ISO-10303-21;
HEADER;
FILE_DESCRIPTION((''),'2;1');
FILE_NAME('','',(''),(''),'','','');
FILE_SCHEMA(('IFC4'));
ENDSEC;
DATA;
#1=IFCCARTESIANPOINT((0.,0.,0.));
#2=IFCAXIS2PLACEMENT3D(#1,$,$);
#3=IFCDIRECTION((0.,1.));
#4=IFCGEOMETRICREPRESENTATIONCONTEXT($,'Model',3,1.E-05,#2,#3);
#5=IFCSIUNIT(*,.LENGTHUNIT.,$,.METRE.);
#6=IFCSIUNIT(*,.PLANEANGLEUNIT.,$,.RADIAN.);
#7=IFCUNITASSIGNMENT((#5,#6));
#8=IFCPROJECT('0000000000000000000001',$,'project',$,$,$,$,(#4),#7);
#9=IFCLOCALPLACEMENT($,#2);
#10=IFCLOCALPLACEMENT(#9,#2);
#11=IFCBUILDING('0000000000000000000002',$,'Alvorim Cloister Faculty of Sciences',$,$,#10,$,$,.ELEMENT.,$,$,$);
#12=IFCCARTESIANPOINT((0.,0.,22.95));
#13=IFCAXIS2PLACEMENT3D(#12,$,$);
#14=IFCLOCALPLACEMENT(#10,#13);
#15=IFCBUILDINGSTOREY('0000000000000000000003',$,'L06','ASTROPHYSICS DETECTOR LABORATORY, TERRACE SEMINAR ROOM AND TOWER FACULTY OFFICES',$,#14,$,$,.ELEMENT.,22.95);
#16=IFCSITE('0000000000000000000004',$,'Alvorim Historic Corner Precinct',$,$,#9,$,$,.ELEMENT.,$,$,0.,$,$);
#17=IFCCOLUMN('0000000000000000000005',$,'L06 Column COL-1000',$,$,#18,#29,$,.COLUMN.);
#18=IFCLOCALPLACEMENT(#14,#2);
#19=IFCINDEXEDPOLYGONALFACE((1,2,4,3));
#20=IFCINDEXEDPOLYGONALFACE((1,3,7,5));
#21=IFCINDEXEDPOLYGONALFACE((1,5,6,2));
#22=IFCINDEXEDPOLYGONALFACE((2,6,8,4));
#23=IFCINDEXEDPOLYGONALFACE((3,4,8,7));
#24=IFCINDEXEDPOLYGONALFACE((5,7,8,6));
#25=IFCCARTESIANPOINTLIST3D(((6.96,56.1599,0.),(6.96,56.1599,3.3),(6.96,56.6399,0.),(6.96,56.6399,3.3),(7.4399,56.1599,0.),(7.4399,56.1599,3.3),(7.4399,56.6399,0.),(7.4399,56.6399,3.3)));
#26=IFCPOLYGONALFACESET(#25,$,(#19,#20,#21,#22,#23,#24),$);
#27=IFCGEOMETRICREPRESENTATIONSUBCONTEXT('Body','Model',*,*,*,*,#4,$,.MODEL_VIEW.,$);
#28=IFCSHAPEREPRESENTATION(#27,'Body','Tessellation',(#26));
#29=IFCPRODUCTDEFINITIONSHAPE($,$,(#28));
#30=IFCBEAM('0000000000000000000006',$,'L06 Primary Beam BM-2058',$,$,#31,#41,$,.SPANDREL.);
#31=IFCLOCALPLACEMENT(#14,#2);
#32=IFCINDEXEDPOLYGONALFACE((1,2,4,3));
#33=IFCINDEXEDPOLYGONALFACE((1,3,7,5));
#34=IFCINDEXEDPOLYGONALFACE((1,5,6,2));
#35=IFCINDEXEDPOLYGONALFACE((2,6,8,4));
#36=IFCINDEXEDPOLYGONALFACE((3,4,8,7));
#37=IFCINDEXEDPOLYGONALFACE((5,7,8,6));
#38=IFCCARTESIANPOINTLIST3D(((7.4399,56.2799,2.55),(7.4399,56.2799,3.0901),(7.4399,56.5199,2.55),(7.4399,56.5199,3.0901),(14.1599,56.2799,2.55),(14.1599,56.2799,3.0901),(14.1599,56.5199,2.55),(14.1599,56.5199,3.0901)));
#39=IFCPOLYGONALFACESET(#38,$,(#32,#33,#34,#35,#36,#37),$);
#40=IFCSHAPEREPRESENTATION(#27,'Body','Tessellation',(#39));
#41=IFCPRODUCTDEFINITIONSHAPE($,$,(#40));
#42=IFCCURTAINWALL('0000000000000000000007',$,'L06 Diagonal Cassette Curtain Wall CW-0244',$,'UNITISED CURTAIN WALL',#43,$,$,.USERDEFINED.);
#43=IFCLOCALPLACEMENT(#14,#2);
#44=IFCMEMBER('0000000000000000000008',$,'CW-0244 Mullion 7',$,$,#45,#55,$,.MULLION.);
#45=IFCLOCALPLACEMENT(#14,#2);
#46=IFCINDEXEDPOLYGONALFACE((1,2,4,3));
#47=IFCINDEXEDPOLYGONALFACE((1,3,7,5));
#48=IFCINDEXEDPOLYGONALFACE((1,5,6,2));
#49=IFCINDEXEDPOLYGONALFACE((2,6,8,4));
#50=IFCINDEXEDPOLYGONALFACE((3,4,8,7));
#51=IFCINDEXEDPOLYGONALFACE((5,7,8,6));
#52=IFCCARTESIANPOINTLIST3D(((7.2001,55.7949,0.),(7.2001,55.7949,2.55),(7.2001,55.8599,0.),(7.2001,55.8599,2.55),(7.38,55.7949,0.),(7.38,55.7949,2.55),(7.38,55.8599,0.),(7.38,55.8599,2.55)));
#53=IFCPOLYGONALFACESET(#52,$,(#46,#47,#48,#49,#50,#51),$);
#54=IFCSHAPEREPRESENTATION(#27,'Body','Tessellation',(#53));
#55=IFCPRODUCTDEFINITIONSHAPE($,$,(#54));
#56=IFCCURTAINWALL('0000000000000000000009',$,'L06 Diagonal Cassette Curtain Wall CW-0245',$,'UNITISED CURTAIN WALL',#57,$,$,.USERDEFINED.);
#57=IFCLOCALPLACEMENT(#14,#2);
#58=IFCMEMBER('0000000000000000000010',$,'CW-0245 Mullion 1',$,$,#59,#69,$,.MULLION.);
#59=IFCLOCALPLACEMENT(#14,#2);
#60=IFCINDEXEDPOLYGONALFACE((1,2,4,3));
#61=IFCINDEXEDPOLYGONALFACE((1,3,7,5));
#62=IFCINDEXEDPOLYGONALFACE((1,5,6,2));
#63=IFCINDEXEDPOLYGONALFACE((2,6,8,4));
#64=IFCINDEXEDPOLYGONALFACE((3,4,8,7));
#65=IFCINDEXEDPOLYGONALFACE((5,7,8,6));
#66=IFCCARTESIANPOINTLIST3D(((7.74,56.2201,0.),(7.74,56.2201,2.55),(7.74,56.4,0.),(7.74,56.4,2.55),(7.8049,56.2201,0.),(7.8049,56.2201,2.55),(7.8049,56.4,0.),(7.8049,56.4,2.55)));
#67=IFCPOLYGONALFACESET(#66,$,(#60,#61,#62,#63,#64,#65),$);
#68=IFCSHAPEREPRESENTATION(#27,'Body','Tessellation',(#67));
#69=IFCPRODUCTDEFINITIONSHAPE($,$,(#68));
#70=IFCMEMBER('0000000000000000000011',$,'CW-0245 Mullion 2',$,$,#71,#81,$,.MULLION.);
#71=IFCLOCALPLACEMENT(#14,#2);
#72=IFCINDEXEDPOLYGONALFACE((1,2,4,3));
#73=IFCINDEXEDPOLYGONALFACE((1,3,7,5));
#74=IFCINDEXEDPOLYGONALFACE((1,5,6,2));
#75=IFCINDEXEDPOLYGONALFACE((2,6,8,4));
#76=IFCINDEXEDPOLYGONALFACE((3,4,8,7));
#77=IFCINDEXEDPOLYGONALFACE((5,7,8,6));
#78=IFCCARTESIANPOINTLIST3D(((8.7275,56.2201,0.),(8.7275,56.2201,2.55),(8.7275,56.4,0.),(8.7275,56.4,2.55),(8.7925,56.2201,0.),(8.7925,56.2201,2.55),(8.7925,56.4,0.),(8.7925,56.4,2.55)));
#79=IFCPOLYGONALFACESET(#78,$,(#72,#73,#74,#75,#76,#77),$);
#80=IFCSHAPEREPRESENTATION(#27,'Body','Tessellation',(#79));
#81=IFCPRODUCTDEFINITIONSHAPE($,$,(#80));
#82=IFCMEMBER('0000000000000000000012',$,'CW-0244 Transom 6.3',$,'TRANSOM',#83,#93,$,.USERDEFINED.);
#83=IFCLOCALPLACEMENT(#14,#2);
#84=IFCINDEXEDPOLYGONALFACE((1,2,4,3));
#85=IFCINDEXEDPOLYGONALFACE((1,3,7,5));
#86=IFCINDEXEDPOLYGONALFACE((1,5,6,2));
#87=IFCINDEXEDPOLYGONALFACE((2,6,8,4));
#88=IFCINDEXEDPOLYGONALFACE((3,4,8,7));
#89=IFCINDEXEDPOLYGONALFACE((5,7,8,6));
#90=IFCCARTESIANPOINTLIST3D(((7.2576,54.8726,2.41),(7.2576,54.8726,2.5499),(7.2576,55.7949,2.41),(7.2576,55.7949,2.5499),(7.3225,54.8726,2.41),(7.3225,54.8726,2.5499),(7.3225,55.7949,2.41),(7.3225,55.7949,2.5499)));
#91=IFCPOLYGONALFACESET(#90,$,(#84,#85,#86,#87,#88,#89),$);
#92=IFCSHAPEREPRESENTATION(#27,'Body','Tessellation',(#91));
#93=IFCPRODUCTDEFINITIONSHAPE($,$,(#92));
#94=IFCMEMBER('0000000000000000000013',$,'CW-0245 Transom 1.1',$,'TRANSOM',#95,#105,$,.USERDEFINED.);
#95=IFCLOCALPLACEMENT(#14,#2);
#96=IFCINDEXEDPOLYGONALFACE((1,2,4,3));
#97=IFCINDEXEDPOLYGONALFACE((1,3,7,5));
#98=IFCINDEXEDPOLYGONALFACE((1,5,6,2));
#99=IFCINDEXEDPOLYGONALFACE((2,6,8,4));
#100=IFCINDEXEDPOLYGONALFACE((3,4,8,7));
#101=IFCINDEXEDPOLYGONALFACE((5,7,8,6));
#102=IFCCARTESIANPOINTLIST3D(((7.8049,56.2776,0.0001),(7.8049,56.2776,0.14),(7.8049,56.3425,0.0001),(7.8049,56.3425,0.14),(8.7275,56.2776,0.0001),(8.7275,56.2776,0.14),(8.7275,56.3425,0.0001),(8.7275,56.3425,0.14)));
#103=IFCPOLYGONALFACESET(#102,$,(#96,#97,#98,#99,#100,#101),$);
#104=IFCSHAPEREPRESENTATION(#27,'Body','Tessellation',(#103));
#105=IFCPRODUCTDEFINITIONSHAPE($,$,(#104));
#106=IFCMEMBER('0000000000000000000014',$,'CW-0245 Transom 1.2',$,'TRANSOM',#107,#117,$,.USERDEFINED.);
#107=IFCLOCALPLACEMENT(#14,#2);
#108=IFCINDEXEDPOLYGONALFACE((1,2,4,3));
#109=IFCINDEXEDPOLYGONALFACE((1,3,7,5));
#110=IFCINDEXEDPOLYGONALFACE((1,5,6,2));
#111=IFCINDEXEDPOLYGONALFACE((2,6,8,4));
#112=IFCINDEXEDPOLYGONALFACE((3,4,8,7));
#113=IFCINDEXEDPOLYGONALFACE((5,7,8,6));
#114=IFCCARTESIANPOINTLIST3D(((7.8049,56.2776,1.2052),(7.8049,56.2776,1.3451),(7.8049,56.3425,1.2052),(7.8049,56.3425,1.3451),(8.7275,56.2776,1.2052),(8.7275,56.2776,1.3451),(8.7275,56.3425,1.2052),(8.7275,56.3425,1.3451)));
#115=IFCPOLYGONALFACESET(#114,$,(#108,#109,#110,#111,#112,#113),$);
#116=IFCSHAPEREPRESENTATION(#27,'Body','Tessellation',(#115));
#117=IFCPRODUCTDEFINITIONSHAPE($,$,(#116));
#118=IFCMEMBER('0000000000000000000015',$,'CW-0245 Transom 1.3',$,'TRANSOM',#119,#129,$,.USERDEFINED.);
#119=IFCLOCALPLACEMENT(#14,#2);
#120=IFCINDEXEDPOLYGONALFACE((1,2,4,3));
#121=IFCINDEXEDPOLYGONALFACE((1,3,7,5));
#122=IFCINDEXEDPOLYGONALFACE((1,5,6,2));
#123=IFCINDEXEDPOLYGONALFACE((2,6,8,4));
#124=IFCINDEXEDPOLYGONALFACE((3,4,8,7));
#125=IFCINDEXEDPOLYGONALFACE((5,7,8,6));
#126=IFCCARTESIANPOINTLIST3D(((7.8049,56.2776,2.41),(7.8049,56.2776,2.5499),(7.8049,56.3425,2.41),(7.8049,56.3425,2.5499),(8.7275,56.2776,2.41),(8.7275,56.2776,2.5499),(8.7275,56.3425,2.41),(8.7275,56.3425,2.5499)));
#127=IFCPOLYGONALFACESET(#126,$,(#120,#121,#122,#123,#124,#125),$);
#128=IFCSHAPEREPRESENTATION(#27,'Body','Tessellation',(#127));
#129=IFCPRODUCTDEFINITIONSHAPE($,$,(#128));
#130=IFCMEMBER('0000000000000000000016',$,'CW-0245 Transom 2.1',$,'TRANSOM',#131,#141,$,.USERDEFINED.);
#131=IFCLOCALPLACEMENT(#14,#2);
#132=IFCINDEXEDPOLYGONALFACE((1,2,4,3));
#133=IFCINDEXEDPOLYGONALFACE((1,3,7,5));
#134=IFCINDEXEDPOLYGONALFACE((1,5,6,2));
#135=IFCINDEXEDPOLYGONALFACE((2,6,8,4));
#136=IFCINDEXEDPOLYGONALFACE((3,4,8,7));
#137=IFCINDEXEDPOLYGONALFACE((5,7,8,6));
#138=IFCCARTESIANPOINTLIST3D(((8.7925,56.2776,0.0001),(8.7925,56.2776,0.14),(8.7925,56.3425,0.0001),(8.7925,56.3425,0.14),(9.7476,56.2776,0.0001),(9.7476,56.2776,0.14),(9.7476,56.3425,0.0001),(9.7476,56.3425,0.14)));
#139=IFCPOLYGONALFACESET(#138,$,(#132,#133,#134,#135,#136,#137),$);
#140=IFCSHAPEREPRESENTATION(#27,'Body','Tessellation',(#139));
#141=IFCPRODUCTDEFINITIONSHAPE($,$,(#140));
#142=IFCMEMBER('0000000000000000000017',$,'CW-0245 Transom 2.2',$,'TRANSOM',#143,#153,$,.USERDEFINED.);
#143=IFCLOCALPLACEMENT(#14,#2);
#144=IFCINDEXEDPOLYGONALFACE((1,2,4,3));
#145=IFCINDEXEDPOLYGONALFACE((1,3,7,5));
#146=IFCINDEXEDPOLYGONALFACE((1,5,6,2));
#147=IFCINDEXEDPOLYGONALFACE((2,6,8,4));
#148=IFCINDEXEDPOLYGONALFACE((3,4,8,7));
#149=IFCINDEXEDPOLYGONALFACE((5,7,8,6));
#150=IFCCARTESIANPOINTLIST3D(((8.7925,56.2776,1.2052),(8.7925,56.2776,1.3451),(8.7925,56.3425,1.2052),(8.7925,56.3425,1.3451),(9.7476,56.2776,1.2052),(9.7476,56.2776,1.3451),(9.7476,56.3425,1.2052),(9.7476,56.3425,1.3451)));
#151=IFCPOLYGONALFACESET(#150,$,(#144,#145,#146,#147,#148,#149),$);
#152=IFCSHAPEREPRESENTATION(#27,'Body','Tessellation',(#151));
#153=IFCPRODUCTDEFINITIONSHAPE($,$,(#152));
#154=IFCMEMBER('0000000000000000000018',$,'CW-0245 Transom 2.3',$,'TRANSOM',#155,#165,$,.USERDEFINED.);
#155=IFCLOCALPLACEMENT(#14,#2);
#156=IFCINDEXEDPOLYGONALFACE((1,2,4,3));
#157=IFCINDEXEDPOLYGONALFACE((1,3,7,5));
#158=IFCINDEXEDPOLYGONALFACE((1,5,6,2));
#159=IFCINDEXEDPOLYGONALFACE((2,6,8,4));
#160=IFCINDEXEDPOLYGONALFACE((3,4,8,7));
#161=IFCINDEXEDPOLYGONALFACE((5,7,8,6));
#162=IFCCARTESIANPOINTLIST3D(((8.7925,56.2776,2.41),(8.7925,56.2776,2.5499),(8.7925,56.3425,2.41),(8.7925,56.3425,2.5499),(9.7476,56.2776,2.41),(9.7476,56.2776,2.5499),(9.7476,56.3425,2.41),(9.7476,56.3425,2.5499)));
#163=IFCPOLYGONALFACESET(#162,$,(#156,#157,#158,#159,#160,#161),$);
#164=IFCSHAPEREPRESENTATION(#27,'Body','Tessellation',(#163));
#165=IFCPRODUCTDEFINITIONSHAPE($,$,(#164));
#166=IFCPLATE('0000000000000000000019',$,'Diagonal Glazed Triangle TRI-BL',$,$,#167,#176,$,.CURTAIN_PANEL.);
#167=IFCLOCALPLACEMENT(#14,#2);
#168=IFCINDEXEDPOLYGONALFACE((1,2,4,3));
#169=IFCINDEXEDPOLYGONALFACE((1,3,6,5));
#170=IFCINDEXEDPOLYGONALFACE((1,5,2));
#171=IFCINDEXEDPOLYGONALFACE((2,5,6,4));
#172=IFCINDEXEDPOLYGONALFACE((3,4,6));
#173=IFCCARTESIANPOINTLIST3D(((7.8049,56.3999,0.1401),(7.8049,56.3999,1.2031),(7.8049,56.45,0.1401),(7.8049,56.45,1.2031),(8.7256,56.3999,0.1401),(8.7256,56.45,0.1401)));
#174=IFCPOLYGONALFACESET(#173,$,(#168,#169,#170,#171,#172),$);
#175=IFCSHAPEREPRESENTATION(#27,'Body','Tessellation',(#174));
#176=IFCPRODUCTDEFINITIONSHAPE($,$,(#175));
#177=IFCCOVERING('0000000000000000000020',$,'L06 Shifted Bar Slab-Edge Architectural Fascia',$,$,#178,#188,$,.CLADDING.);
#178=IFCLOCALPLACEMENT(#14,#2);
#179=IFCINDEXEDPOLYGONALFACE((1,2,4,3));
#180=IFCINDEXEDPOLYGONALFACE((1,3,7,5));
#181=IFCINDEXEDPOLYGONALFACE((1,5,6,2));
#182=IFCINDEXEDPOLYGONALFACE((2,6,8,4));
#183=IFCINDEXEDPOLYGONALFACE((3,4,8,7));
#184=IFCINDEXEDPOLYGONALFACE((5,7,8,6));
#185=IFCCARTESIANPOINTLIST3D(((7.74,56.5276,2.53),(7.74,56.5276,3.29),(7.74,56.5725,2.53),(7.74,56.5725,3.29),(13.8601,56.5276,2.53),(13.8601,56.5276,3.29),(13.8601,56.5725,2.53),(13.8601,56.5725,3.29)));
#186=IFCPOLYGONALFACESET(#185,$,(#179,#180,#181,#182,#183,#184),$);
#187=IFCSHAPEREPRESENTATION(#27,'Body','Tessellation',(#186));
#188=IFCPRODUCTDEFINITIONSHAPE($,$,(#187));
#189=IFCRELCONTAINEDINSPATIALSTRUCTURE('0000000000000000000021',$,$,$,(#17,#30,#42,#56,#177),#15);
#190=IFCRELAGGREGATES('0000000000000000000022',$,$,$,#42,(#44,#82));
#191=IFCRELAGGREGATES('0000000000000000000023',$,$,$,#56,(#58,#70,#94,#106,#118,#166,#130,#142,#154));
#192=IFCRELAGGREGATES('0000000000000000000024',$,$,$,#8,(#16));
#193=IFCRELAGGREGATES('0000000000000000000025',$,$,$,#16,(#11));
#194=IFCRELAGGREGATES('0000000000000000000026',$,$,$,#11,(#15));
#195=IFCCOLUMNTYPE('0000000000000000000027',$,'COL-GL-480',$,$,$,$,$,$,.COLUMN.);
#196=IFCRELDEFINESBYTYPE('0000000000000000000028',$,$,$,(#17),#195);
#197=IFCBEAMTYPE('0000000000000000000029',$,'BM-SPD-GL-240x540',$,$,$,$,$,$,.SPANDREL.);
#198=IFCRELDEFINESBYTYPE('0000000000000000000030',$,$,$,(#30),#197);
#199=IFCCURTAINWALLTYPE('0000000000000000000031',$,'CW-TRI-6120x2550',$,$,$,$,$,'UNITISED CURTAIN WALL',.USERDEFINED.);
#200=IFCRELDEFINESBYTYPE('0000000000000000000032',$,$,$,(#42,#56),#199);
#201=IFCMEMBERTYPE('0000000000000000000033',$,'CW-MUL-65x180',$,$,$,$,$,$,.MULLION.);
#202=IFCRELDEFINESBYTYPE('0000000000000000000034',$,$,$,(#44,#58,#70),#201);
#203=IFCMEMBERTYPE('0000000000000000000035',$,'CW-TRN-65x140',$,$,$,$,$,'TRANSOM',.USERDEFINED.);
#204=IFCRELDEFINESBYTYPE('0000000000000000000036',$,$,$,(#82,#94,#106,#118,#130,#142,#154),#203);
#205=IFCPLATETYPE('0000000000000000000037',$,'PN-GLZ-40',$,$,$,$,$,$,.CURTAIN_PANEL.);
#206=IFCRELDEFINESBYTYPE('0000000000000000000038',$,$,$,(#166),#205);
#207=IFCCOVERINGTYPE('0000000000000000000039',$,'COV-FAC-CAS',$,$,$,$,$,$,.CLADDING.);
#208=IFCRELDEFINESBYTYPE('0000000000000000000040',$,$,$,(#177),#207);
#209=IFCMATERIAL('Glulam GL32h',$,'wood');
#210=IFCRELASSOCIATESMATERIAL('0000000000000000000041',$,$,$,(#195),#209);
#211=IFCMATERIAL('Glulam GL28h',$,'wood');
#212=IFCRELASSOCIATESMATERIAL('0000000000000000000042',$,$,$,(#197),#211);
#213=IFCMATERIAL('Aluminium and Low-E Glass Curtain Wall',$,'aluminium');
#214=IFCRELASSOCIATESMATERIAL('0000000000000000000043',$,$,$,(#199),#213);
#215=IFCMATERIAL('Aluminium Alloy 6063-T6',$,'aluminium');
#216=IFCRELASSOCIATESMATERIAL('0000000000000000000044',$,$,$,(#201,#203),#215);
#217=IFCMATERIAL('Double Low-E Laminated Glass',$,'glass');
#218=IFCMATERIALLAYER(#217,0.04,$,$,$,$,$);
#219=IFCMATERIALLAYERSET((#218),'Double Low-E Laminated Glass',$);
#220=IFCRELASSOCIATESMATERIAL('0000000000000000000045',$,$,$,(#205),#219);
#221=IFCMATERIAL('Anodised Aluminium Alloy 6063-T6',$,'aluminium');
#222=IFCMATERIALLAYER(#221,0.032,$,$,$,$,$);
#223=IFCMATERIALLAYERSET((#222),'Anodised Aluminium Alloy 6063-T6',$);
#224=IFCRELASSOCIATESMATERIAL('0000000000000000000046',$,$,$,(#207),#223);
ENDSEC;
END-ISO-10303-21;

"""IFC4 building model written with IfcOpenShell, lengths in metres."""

from ifc_helpers import new_model, si_unit, direction, frame, origin, origin_2d, place, context, subcontext, project, spatial, polyline, rectangle, outline, extrude, material, layer, layer_set, material_profile, profile_set, type_object, element, aggregate, save


model = new_model("IFC4")

# Units and contexts
model_context = context("Model", 3, precision=1e-05, world=origin(), true_north=direction((0.0, 1.0)))
body_context = subcontext(model_context, "Body", "Model", "MODEL_VIEW")
ifc_project = project(units=[si_unit("LENGTHUNIT", "METRE"), si_unit("PLANEANGLEUNIT", "RADIAN")], contexts=[model_context])

# Site, building, storey
site_placement = place(None, origin())
site = spatial("IfcSite", under=ifc_project, at=site_placement, Name="Alvorim Historic Corner Precinct", CompositionType="ELEMENT", RefElevation=0.0)
building_placement = place(site_placement, origin())
building = spatial("IfcBuilding", under=site, at=building_placement, Name="Alvorim Cloister Faculty of Sciences", CompositionType="ELEMENT")
storey_placement = place(building_placement, frame((0.0, 0.0, 22.95)))
storey = spatial("IfcBuildingStorey", under=building, at=storey_placement, Name="L06", Description="ASTROPHYSICS DETECTOR LABORATORY, TERRACE SEMINAR ROOM AND TOWER FACULTY OFFICES", CompositionType="ELEMENT", Elevation=22.95)

# Column
ifc_material_1 = material(Name="Glulam GL32h", Category="wood")
ifc_material_profile_1 = material_profile(ifc_material_1, rectangle(XDim=0.48, YDim=0.48, at=origin_2d()), Name="GL32-COL-480x480")
ifc_profile_set_1 = profile_set([ifc_material_profile_1], Name="Glulam GL32h")
column_type = type_object("IfcColumnType", Name="COL-GL-480", PredefinedType="COLUMN", material=ifc_profile_set_1)
column_placement = place(storey_placement, frame((7.2, 56.3999, 0.0), z_axis=(0.0, 0.0, 1.0), x_axis=(1.0, 0.0, 0.0)))
element("IfcColumn", 1, at=column_placement, inside=storey, type_object=column_type, Name="L06 Column COL-1000", PredefinedType="COLUMN", context=body_context, shape_type="SweptSolid", body=[
    extrude(rectangle(XDim=0.48, YDim=0.48, at=origin_2d()), origin(), (0.0, 0.0, 1.0), 3.3),
])

# Beam
ifc_material_2 = material(Name="Glulam GL28h", Category="wood")
ifc_material_profile_2 = material_profile(ifc_material_2, rectangle(XDim=0.24, YDim=0.54, at=origin_2d()), Name="GL28-SPD-240x540")
ifc_profile_set_2 = profile_set([ifc_material_profile_2], Name="Glulam GL28h")
beam_type = type_object("IfcBeamType", Name="BM-SPD-GL-240x540", PredefinedType="SPANDREL", material=ifc_profile_set_2)
beam_placement = place(storey_placement, frame((7.4399, 56.3999, 2.8201), z_axis=(1.0, 0.0, 0.0), x_axis=(0.0, 1.0, 0.0)))
element("IfcBeam", 2, at=beam_placement, inside=storey, type_object=beam_type, Name="L06 Primary Beam BM-2058", PredefinedType="SPANDREL", context=body_context, shape_type="SweptSolid", body=[
    extrude(rectangle(XDim=0.24, YDim=0.54, at=origin_2d()), origin(), (0.0, 0.0, 1.0), 6.72),
])

# Curtain wall, member
ifc_material_3 = material(Name="Aluminium and Low-E Glass Curtain Wall", Category="aluminium")
curtain_wall_type = type_object("IfcCurtainWallType", Name="CW-TRI-6120x2550", ElementType="UNITISED CURTAIN WALL", PredefinedType="USERDEFINED", material=ifc_material_3)
curtain_wall_1_placement = place(storey_placement, origin())
curtain_wall_1 = element("IfcCurtainWall", 3, at=curtain_wall_1_placement, inside=storey, type_object=curtain_wall_type, Name="L06 Diagonal Cassette Curtain Wall CW-0244", ObjectType="UNITISED CURTAIN WALL", PredefinedType="USERDEFINED")
ifc_material_4 = material(Name="Aluminium Alloy 6063-T6", Category="aluminium")
ifc_material_profile_3 = material_profile(ifc_material_4, rectangle(XDim=0.0649, YDim=0.1799, at=origin_2d()), Name="ALU-MUL-65x180")
ifc_profile_set_3 = profile_set([ifc_material_profile_3], Name="Aluminium Alloy 6063-T6")
member_type_1 = type_object("IfcMemberType", Name="CW-MUL-65x180", PredefinedType="MULLION", material=ifc_profile_set_3)
member_1_placement = place(storey_placement, frame((7.29, 55.8274, 0.0), z_axis=(0.0, 0.0, 1.0), x_axis=(0.0, 1.0, 0.0)))
member_1 = element("IfcMember", 4, at=member_1_placement, type_object=member_type_1, Name="CW-0244 Mullion 7", PredefinedType="MULLION", context=body_context, shape_type="SweptSolid", body=[
    extrude(rectangle(XDim=0.0649, YDim=0.1799, at=origin_2d()), origin(), (0.0, 0.0, 1.0), 2.55),
])

# Curtain wall, members
curtain_wall_2_placement = place(storey_placement, origin())
curtain_wall_2 = element("IfcCurtainWall", 5, at=curtain_wall_2_placement, inside=storey, type_object=curtain_wall_type, Name="L06 Diagonal Cassette Curtain Wall CW-0245", ObjectType="UNITISED CURTAIN WALL", PredefinedType="USERDEFINED")
member_2_placement = place(storey_placement, frame((7.7725, 56.3101, 0.0), z_axis=(0.0, 0.0, 1.0), x_axis=(1.0, 0.0, 0.0)))
member_2 = element("IfcMember", 6, at=member_2_placement, type_object=member_type_1, Name="CW-0245 Mullion 1", PredefinedType="MULLION", context=body_context, shape_type="SweptSolid", body=[
    extrude(rectangle(XDim=0.0649, YDim=0.1799, at=origin_2d()), origin(), (0.0, 0.0, 1.0), 2.55),
])
member_3_placement = place(storey_placement, frame((8.76, 56.3101, 0.0), z_axis=(0.0, 0.0, 1.0), x_axis=(1.0, 0.0, 0.0)))
member_3 = element("IfcMember", 7, at=member_3_placement, type_object=member_type_1, Name="CW-0245 Mullion 2", PredefinedType="MULLION", context=body_context, shape_type="SweptSolid", body=[
    extrude(rectangle(XDim=0.0649, YDim=0.1799, at=origin_2d()), origin(), (0.0, 0.0, 1.0), 2.55),
])

# Members
ifc_material_profile_4 = material_profile(ifc_material_4, rectangle(XDim=0.0649, YDim=0.1399, at=origin_2d()), Name="ALU-TRN-65x140")
ifc_profile_set_4 = profile_set([ifc_material_profile_4], Name="Aluminium Alloy 6063-T6")
member_type_2 = type_object("IfcMemberType", Name="CW-TRN-65x140", ElementType="TRANSOM", PredefinedType="USERDEFINED", material=ifc_profile_set_4)
member_4_placement = place(storey_placement, frame((7.29, 54.8726, 2.48), z_axis=(0.0, 1.0, 0.0), x_axis=(-1.0, 0.0, 0.0)))
member_4 = element("IfcMember", 8, at=member_4_placement, type_object=member_type_2, Name="CW-0244 Transom 6.3", ObjectType="TRANSOM", PredefinedType="USERDEFINED", context=body_context, shape_type="SweptSolid", body=[
    extrude(rectangle(XDim=0.0649, YDim=0.1399, at=origin_2d()), origin(), (0.0, 0.0, 1.0), 0.9224),
])
aggregate(curtain_wall_1, [member_1, member_4])
member_5_placement = place(storey_placement, frame((7.8049, 56.3101, 0.0701), z_axis=(1.0, 0.0, 0.0), x_axis=(0.0, 1.0, 0.0)))
member_5 = element("IfcMember", 9, at=member_5_placement, type_object=member_type_2, Name="CW-0245 Transom 1.1", ObjectType="TRANSOM", PredefinedType="USERDEFINED", context=body_context, shape_type="SweptSolid", body=[
    extrude(rectangle(XDim=0.0649, YDim=0.1399, at=origin_2d()), origin(), (0.0, 0.0, 1.0), 0.9226),
])
member_6_placement = place(storey_placement, frame((7.8049, 56.3101, 1.2751), z_axis=(1.0, 0.0, 0.0), x_axis=(0.0, 1.0, 0.0)))
member_6 = element("IfcMember", 10, at=member_6_placement, type_object=member_type_2, Name="CW-0245 Transom 1.2", ObjectType="TRANSOM", PredefinedType="USERDEFINED", context=body_context, shape_type="SweptSolid", body=[
    extrude(rectangle(XDim=0.0649, YDim=0.1399, at=origin_2d()), origin(), (0.0, 0.0, 1.0), 0.9226),
])
member_7_placement = place(storey_placement, frame((7.8049, 56.3101, 2.48), z_axis=(1.0, 0.0, 0.0), x_axis=(0.0, 1.0, 0.0)))
member_7 = element("IfcMember", 11, at=member_7_placement, type_object=member_type_2, Name="CW-0245 Transom 1.3", ObjectType="TRANSOM", PredefinedType="USERDEFINED", context=body_context, shape_type="SweptSolid", body=[
    extrude(rectangle(XDim=0.0649, YDim=0.1399, at=origin_2d()), origin(), (0.0, 0.0, 1.0), 0.9226),
])
member_8_placement = place(storey_placement, frame((8.7925, 56.3101, 0.0701), z_axis=(1.0, 0.0, 0.0), x_axis=(0.0, 1.0, 0.0)))
member_8 = element("IfcMember", 12, at=member_8_placement, type_object=member_type_2, Name="CW-0245 Transom 2.1", ObjectType="TRANSOM", PredefinedType="USERDEFINED", context=body_context, shape_type="SweptSolid", body=[
    extrude(rectangle(XDim=0.0649, YDim=0.1399, at=origin_2d()), origin(), (0.0, 0.0, 1.0), 0.9551),
])
member_9_placement = place(storey_placement, frame((8.7925, 56.3101, 1.2751), z_axis=(1.0, 0.0, 0.0), x_axis=(0.0, 1.0, 0.0)))
member_9 = element("IfcMember", 13, at=member_9_placement, type_object=member_type_2, Name="CW-0245 Transom 2.2", ObjectType="TRANSOM", PredefinedType="USERDEFINED", context=body_context, shape_type="SweptSolid", body=[
    extrude(rectangle(XDim=0.0649, YDim=0.1399, at=origin_2d()), origin(), (0.0, 0.0, 1.0), 0.9551),
])
member_10_placement = place(storey_placement, frame((8.7925, 56.3101, 2.48), z_axis=(1.0, 0.0, 0.0), x_axis=(0.0, 1.0, 0.0)))
member_10 = element("IfcMember", 14, at=member_10_placement, type_object=member_type_2, Name="CW-0245 Transom 2.3", ObjectType="TRANSOM", PredefinedType="USERDEFINED", context=body_context, shape_type="SweptSolid", body=[
    extrude(rectangle(XDim=0.0649, YDim=0.1399, at=origin_2d()), origin(), (0.0, 0.0, 1.0), 0.9551),
])

# Plate
ifc_material_5 = material(Name="Double Low-E Laminated Glass", Category="glass")
ifc_layer_1 = layer(ifc_material_5, 0.04)
ifc_layer_set_1 = layer_set([ifc_layer_1], Name="Double Low-E Laminated Glass")
plate_type = type_object("IfcPlateType", Name="PN-GLZ-40", PredefinedType="CURTAIN_PANEL", material=ifc_layer_set_1)
plate_1_placement = place(storey_placement, frame((7.8049, 56.425, 0.1401), z_axis=(0.0, 0.0, 1.0), x_axis=(1.0, 0.0, 0.0)))
plate_1 = element("IfcPlate", 15, at=plate_1_placement, type_object=plate_type, Name="Diagonal Glazed Triangle TRI-BL", PredefinedType="CURTAIN_PANEL", context=body_context, shape_type="SweptSolid", body=[
    extrude(outline(polyline([(0.0, 0.0), (0.9207, 0.0), (0.0, 1.063), (0.0, 0.0)])), frame((0.0, 0.0249, 0.0), z_axis=(0.0, -1.0, 0.0), x_axis=(1.0, 0.0, 0.0)), (0.0, 0.0, 1.0), 0.05),
])
aggregate(curtain_wall_2, [member_2, member_3, member_5, member_6, member_7, plate_1, member_8, member_9, member_10])

# Covering
ifc_material_6 = material(Name="Anodised Aluminium Alloy 6063-T6", Category="aluminium")
ifc_layer_2 = layer(ifc_material_6, 0.032)
ifc_layer_set_2 = layer_set([ifc_layer_2], Name="Anodised Aluminium Alloy 6063-T6")
covering_type = type_object("IfcCoveringType", Name="COV-FAC-CAS", PredefinedType="CLADDING", material=ifc_layer_set_2)
covering_placement = place(storey_placement, frame((7.74, 56.55, 2.53), z_axis=(0.0, 0.0, 1.0), x_axis=(1.0, 0.0, 0.0)))
element("IfcCovering", 16, at=covering_placement, inside=storey, type_object=covering_type, Name="L06 Shifted Bar Slab-Edge Architectural Fascia", PredefinedType="CLADDING", context=body_context, shape_type="SweptSolid", body=[
    extrude(outline(polyline([(0.0, 0.0), (6.1201, 0.0), (6.1201, 0.76), (0.0, 0.76), (0.0, 0.0)])), frame((0.0, 0.0225, 0.0), z_axis=(0.0, -1.0, 0.0), x_axis=(1.0, 0.0, 0.0)), (0.0, 0.0, 1.0), 0.0449),
])

save(model, "model.ifc")
